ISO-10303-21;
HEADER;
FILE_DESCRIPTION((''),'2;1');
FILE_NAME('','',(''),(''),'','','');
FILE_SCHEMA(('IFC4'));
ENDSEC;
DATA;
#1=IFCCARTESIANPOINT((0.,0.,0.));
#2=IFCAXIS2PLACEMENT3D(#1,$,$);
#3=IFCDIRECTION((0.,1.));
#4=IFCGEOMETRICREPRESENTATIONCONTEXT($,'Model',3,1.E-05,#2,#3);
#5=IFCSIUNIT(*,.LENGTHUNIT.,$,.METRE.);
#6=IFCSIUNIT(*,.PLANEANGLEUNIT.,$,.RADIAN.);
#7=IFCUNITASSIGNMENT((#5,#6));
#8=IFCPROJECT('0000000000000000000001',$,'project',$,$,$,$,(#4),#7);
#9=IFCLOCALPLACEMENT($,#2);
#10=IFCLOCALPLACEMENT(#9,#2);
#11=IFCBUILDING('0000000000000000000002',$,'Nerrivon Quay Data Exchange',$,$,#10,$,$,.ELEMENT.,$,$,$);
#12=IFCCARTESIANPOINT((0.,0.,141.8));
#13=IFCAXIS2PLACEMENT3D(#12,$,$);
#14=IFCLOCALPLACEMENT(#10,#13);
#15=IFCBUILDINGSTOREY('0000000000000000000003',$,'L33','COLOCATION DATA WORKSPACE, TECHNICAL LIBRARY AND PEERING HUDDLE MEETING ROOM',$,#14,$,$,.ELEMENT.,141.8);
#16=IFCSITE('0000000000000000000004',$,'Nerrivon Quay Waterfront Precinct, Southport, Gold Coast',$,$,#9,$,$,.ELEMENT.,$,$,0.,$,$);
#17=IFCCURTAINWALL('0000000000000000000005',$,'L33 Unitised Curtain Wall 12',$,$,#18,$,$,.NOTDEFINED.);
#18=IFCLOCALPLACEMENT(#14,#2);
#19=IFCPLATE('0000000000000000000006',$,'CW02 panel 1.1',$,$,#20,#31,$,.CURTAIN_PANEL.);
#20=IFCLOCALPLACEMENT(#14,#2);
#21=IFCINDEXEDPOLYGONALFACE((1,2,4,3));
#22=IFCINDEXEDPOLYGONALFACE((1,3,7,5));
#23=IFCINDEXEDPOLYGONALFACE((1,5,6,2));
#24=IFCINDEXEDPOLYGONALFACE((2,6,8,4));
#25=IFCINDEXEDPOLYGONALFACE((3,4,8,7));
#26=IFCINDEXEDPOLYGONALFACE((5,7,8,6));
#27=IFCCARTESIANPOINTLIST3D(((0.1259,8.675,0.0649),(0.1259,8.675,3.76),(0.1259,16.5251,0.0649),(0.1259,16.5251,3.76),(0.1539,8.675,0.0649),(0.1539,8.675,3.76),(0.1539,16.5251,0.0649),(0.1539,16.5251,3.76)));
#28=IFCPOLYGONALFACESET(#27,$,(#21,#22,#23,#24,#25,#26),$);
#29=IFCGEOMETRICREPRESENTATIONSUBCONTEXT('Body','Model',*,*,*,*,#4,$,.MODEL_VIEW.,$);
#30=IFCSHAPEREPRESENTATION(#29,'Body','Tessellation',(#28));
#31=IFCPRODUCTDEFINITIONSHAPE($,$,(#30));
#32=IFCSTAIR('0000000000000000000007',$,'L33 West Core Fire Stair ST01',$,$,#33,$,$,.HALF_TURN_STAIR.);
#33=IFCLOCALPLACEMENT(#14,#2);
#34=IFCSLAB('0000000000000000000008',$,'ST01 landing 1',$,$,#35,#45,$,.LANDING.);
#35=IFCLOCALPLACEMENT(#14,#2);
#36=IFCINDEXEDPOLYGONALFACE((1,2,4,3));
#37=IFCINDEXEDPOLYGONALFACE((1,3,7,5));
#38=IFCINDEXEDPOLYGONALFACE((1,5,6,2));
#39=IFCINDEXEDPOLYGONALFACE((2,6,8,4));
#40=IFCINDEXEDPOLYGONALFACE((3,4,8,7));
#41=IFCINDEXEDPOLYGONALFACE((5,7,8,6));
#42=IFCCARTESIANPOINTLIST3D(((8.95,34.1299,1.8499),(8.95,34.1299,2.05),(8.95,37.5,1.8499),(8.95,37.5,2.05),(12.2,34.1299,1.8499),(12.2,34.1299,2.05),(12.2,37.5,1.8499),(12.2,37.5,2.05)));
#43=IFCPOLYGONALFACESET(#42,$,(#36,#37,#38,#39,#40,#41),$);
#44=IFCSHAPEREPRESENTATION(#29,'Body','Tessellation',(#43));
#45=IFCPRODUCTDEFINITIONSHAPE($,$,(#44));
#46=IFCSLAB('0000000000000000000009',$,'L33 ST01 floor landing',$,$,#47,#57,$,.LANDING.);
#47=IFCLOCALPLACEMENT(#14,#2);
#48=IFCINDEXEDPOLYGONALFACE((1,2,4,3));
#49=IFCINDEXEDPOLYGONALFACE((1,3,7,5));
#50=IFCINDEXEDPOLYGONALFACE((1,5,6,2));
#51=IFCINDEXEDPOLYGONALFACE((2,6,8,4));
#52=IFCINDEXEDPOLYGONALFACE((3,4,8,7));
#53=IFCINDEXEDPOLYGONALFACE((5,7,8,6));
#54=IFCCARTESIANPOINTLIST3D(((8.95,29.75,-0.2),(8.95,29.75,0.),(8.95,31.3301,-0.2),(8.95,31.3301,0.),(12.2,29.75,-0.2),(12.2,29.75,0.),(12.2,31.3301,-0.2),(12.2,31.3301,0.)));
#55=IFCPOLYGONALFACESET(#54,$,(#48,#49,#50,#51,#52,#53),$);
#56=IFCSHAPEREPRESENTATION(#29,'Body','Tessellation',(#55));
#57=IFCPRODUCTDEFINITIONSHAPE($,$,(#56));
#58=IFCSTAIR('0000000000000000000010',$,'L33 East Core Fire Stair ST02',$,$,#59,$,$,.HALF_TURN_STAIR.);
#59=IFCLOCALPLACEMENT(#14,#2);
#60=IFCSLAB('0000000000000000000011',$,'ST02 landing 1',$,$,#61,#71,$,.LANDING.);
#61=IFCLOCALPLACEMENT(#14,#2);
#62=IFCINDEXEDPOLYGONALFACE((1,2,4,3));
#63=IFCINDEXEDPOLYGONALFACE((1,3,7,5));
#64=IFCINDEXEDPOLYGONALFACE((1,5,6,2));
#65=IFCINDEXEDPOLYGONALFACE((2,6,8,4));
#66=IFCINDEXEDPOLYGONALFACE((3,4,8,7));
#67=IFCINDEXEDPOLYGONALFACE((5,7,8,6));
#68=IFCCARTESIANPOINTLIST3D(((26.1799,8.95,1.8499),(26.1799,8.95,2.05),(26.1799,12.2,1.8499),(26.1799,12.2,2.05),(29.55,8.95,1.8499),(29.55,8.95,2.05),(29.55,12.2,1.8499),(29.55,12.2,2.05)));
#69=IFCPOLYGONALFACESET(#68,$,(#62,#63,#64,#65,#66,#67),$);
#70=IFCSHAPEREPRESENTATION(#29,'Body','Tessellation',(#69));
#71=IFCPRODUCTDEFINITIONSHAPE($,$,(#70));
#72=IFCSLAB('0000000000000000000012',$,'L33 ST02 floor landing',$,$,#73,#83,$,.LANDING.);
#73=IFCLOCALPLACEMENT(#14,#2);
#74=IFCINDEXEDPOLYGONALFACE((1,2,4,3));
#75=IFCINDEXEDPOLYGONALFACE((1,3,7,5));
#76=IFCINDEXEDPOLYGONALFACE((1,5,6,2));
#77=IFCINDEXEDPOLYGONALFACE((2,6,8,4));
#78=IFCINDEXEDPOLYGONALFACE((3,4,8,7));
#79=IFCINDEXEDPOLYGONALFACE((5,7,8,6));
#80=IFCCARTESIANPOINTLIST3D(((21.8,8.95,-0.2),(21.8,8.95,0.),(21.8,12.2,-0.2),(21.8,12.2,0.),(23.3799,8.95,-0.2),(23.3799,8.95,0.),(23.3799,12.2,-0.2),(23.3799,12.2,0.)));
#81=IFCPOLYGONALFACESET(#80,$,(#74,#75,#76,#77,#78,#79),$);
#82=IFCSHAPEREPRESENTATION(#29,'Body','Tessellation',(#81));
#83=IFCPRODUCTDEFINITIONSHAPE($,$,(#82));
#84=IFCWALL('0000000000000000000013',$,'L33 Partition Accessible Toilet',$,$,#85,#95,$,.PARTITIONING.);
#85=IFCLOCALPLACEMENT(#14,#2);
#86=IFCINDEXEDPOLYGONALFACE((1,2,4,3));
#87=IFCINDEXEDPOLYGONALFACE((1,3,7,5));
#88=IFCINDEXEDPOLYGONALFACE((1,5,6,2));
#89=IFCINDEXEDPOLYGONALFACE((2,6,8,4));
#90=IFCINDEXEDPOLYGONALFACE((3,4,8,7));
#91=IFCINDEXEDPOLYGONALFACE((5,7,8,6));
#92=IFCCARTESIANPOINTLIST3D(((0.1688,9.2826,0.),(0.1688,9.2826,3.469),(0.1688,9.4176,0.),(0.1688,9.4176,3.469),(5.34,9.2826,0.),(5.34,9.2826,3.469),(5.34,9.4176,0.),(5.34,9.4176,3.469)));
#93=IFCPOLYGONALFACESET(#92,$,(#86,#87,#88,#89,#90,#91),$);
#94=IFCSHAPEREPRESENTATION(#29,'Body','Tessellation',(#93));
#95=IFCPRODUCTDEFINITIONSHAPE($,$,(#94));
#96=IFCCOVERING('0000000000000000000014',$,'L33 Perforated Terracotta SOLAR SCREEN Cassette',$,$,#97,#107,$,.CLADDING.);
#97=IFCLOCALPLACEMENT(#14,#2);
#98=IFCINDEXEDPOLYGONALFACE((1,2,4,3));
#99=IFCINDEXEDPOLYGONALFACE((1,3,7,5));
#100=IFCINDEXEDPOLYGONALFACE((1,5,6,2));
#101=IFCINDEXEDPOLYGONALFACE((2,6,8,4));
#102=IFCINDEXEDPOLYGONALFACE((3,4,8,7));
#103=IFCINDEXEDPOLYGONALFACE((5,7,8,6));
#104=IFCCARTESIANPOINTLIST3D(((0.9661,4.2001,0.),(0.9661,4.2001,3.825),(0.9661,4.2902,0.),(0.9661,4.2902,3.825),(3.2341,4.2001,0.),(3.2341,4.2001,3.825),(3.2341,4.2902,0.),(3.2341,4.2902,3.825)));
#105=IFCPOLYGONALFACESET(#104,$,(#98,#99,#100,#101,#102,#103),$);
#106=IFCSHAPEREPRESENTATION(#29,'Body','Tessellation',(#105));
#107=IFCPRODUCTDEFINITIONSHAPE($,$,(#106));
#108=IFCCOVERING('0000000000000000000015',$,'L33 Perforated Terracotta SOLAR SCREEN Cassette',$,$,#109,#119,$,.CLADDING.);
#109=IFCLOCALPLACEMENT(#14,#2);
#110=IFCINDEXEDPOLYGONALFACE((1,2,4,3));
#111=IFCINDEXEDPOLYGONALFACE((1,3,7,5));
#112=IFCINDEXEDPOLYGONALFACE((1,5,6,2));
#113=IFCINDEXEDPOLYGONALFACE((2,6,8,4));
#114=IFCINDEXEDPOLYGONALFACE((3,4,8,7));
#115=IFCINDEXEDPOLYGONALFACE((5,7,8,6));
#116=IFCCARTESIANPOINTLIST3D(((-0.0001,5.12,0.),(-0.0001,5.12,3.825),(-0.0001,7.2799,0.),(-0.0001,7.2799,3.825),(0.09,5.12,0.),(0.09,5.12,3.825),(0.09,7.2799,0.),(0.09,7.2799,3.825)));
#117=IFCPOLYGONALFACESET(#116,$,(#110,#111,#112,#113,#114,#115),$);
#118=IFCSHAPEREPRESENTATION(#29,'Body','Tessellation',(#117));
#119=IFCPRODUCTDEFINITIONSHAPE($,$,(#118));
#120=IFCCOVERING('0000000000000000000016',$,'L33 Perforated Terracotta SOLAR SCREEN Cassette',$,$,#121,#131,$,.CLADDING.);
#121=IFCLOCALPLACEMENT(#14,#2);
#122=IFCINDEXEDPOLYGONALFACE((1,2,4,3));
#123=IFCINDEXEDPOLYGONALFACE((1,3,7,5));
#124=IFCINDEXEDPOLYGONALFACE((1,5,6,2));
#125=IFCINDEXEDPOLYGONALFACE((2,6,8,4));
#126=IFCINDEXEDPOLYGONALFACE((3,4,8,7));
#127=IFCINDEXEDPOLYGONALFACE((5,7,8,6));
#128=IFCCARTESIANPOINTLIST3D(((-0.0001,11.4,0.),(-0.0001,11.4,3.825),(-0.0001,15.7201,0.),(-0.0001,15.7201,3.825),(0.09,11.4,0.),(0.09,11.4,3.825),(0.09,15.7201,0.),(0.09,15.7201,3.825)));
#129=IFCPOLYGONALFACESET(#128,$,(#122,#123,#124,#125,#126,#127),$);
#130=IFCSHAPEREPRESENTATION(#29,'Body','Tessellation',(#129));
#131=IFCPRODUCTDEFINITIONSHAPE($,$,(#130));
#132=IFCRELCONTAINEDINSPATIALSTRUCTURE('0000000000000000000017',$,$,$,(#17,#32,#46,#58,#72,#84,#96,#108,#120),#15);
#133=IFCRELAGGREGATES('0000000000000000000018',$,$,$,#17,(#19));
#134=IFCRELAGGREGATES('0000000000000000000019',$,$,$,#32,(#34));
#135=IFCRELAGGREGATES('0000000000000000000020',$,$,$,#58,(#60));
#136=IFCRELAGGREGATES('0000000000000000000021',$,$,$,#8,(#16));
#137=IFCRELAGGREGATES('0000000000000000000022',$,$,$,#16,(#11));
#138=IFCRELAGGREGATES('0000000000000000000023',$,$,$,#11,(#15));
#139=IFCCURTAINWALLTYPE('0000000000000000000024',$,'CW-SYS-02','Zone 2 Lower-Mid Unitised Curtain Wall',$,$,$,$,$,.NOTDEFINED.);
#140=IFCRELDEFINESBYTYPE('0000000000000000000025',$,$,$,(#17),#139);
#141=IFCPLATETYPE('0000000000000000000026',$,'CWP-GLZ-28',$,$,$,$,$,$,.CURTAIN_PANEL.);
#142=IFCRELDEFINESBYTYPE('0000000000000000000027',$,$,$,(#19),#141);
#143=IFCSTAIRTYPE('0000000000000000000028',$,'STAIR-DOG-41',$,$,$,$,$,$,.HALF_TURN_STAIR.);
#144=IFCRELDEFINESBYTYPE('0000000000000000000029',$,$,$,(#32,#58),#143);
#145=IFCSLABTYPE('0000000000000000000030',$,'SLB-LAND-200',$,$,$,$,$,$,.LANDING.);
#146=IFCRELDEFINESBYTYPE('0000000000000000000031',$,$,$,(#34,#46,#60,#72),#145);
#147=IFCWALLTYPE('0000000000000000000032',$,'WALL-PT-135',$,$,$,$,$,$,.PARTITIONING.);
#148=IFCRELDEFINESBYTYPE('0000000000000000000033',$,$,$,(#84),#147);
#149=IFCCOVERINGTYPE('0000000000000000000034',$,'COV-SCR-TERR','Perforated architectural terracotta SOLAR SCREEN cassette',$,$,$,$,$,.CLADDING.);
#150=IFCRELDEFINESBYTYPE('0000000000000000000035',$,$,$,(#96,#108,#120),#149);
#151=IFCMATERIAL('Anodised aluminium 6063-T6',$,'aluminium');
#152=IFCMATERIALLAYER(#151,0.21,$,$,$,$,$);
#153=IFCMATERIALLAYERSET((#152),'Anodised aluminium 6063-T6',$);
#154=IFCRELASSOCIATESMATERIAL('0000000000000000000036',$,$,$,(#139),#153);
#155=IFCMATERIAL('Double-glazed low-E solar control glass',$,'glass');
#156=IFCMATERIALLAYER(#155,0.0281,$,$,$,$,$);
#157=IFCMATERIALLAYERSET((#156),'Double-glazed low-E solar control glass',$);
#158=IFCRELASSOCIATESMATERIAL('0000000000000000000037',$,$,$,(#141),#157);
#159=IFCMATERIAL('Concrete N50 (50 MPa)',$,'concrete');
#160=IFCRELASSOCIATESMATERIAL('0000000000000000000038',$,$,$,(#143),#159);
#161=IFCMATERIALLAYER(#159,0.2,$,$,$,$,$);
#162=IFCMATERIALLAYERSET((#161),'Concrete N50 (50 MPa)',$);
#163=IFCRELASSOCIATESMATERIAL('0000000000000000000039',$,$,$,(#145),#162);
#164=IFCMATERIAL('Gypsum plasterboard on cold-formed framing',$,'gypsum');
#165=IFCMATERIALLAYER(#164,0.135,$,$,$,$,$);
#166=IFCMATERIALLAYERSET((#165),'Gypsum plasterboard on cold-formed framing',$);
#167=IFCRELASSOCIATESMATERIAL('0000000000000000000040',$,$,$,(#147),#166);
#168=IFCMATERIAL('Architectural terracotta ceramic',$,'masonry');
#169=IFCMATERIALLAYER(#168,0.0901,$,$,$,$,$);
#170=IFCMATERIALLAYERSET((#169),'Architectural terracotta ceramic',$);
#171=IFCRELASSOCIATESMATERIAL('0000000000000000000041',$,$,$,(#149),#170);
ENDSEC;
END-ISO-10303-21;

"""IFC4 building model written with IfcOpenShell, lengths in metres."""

from ifc_helpers import new_model, si_unit, direction, frame, frame_2d, origin, origin_2d, place, context, subcontext, project, spatial, polyline, rectangle, outline, extrude, material, layer, layer_set, type_object, element, aggregate, save


model = new_model("IFC4")

# Units and contexts
model_context = context("Model", 3, precision=1e-05, world=origin(), true_north=direction((0.0, 1.0)))
body_context = subcontext(model_context, "Body", "Model", "MODEL_VIEW")
ifc_project = project(units=[si_unit("LENGTHUNIT", "METRE"), si_unit("PLANEANGLEUNIT", "RADIAN")], contexts=[model_context])

# Site, building, storey
site_placement = place(None, origin())
site = spatial("IfcSite", under=ifc_project, at=site_placement, Name="Nerrivon Quay Waterfront Precinct, Southport, Gold Coast", CompositionType="ELEMENT", RefElevation=0.0)
building_placement = place(site_placement, origin())
building = spatial("IfcBuilding", under=site, at=building_placement, Name="Nerrivon Quay Data Exchange", CompositionType="ELEMENT")
storey_placement = place(building_placement, frame((0.0, 0.0, 141.8)))
storey = spatial("IfcBuildingStorey", under=building, at=storey_placement, Name="L33", Description="COLOCATION DATA WORKSPACE, TECHNICAL LIBRARY AND PEERING HUDDLE MEETING ROOM", CompositionType="ELEMENT", Elevation=141.8)

# Shared definitions
ifc_material_1 = material(Name="Anodised aluminium 6063-T6", Category="aluminium")
ifc_layer_1 = layer(ifc_material_1, 0.21)
ifc_layer_set_1 = layer_set([ifc_layer_1], Name="Anodised aluminium 6063-T6")
curtain_wall_type = type_object("IfcCurtainWallType", Name="CW-SYS-02", Description="Zone 2 Lower-Mid Unitised Curtain Wall", PredefinedType="NOTDEFINED", material=ifc_layer_set_1)

# Curtain wall
curtain_wall_1_placement = place(storey_placement, origin())
curtain_wall_1 = element("IfcCurtainWall", 1, at=curtain_wall_1_placement, inside=storey, type_object=curtain_wall_type, Name="L33 Unitised Curtain Wall 12", PredefinedType="NOTDEFINED")

# Plate
ifc_material_2 = material(Name="Double-glazed low-E solar control glass", Category="glass")
ifc_layer_2 = layer(ifc_material_2, 0.0281)
ifc_layer_set_2 = layer_set([ifc_layer_2], Name="Double-glazed low-E solar control glass")
plate_type = type_object("IfcPlateType", Name="CWP-GLZ-28", PredefinedType="CURTAIN_PANEL", material=ifc_layer_set_2)
plate_1_placement = place(storey_placement, frame((0.1399, 12.6001, 0.0649), z_axis=(0.0, 0.0, 1.0), x_axis=(0.0, 1.0, 0.0)))
plate_1 = element("IfcPlate", 2, at=plate_1_placement, type_object=plate_type, Name="CW02 panel 1.1", PredefinedType="CURTAIN_PANEL", context=body_context, shape_type="SweptSolid", body=[
    extrude(rectangle(XDim=7.8501, YDim=0.0281, at=origin_2d()), origin(), (0.0, 0.0, 1.0), 3.6951),
])
aggregate(curtain_wall_1, [plate_1])

# Stair, slab
ifc_material_3 = material(Name="Concrete N50 (50 MPa)", Category="concrete")
stair_type = type_object("IfcStairType", Name="STAIR-DOG-41", PredefinedType="HALF_TURN_STAIR", material=ifc_material_3)
stair_1_placement = place(storey_placement, origin())
stair_1 = element("IfcStair", 3, at=stair_1_placement, inside=storey, type_object=stair_type, Name="L33 West Core Fire Stair ST01", PredefinedType="HALF_TURN_STAIR")
ifc_layer_3 = layer(ifc_material_3, 0.2)
ifc_layer_set_3 = layer_set([ifc_layer_3], Name="Concrete N50 (50 MPa)")
slab_type = type_object("IfcSlabType", Name="SLB-LAND-200", PredefinedType="LANDING", material=ifc_layer_set_3)
slab_1_placement = place(storey_placement, frame((0.0, 0.0, 1.8499)))
slab_1 = element("IfcSlab", 4, at=slab_1_placement, type_object=slab_type, Name="ST01 landing 1", PredefinedType="LANDING", context=body_context, shape_type="SweptSolid", body=[
    extrude(outline(polyline([(12.2, 34.1299), (12.2, 37.5), (8.95, 37.5), (8.95, 34.1299), (12.2, 34.1299)])), origin(), (0.0, 0.0, 1.0), 0.2002),
])
aggregate(stair_1, [slab_1])

# Slab
slab_2_placement = place(storey_placement, frame((0.0, 0.0, -0.2)))
element("IfcSlab", 5, at=slab_2_placement, inside=storey, type_object=slab_type, Name="L33 ST01 floor landing", PredefinedType="LANDING", context=body_context, shape_type="SweptSolid", body=[
    extrude(outline(polyline([(12.2, 29.75), (12.2, 31.3301), (8.95, 31.3301), (8.95, 29.75), (12.2, 29.75)])), origin(), (0.0, 0.0, 1.0), 0.2),
])

# Stair, slab
stair_2_placement = place(storey_placement, origin())
stair_2 = element("IfcStair", 6, at=stair_2_placement, inside=storey, type_object=stair_type, Name="L33 East Core Fire Stair ST02", PredefinedType="HALF_TURN_STAIR")
slab_3_placement = place(storey_placement, frame((0.0, 0.0, 1.8499)))
slab_3 = element("IfcSlab", 7, at=slab_3_placement, type_object=slab_type, Name="ST02 landing 1", PredefinedType="LANDING", context=body_context, shape_type="SweptSolid", body=[
    extrude(outline(polyline([(26.1799, 8.95), (29.55, 8.95), (29.55, 12.2), (26.1799, 12.2), (26.1799, 8.95)])), origin(), (0.0, 0.0, 1.0), 0.2002),
])
aggregate(stair_2, [slab_3])

# Slab
slab_4_placement = place(storey_placement, frame((0.0, 0.0, -0.2)))
element("IfcSlab", 8, at=slab_4_placement, inside=storey, type_object=slab_type, Name="L33 ST02 floor landing", PredefinedType="LANDING", context=body_context, shape_type="SweptSolid", body=[
    extrude(outline(polyline([(21.8, 8.95), (23.3799, 8.95), (23.3799, 12.2), (21.8, 12.2), (21.8, 8.95)])), origin(), (0.0, 0.0, 1.0), 0.2),
])

# Wall
ifc_material_4 = material(Name="Gypsum plasterboard on cold-formed framing", Category="gypsum")
ifc_layer_4 = layer(ifc_material_4, 0.135)
ifc_layer_set_4 = layer_set([ifc_layer_4], Name="Gypsum plasterboard on cold-formed framing")
wall_type = type_object("IfcWallType", Name="WALL-PT-135", PredefinedType="PARTITIONING", material=ifc_layer_set_4)
wall_placement = place(storey_placement, frame((0.1689, 9.3501, 0.0), z_axis=(0.0, 0.0, 1.0), x_axis=(1.0, 0.0, 0.0)))
element("IfcWall", 9, at=wall_placement, inside=storey, type_object=wall_type, Name="L33 Partition Accessible Toilet", PredefinedType="PARTITIONING", context=body_context, shape_type="SweptSolid", body=[
    extrude(rectangle(XDim=5.1711, YDim=0.135, at=frame_2d((2.5854, 0.0))), origin(), (0.0, 0.0, 1.0), 3.469),
])

# Coverings
ifc_material_5 = material(Name="Architectural terracotta ceramic", Category="masonry")
ifc_layer_5 = layer(ifc_material_5, 0.0901)
ifc_layer_set_5 = layer_set([ifc_layer_5], Name="Architectural terracotta ceramic")
covering_type = type_object("IfcCoveringType", Name="COV-SCR-TERR", Description="Perforated architectural terracotta SOLAR SCREEN cassette", PredefinedType="CLADDING", material=ifc_layer_set_5)
covering_1_placement = place(storey_placement, frame((2.1001, 4.2451, 0.0), z_axis=(0.0, 0.0, 1.0), x_axis=(-1.0, 0.0, 0.0)))
element("IfcCovering", 10, at=covering_1_placement, inside=storey, type_object=covering_type, Name="L33 Perforated Terracotta SOLAR SCREEN Cassette", PredefinedType="CLADDING", context=body_context, shape_type="SweptSolid", body=[
    extrude(rectangle(XDim=2.2681, YDim=0.0901, at=origin_2d()), origin(), (0.0, 0.0, 1.0), 3.825),
])
covering_2_placement = place(storey_placement, frame((0.0449, 6.2, 0.0), z_axis=(0.0, 0.0, 1.0), x_axis=(0.0, 1.0, 0.0)))
element("IfcCovering", 11, at=covering_2_placement, inside=storey, type_object=covering_type, Name="L33 Perforated Terracotta SOLAR SCREEN Cassette", PredefinedType="CLADDING", context=body_context, shape_type="SweptSolid", body=[
    extrude(rectangle(XDim=2.1599, YDim=0.0901, at=origin_2d()), origin(), (0.0, 0.0, 1.0), 3.825),
])
covering_3_placement = place(storey_placement, frame((0.0449, 13.5601, 0.0), z_axis=(0.0, 0.0, 1.0), x_axis=(0.0, 1.0, 0.0)))
element("IfcCovering", 12, at=covering_3_placement, inside=storey, type_object=covering_type, Name="L33 Perforated Terracotta SOLAR SCREEN Cassette", PredefinedType="CLADDING", context=body_context, shape_type="SweptSolid", body=[
    extrude(rectangle(XDim=4.3201, YDim=0.0901, at=origin_2d()), origin(), (0.0, 0.0, 1.0), 3.825),
])

save(model, "model.ifc")
